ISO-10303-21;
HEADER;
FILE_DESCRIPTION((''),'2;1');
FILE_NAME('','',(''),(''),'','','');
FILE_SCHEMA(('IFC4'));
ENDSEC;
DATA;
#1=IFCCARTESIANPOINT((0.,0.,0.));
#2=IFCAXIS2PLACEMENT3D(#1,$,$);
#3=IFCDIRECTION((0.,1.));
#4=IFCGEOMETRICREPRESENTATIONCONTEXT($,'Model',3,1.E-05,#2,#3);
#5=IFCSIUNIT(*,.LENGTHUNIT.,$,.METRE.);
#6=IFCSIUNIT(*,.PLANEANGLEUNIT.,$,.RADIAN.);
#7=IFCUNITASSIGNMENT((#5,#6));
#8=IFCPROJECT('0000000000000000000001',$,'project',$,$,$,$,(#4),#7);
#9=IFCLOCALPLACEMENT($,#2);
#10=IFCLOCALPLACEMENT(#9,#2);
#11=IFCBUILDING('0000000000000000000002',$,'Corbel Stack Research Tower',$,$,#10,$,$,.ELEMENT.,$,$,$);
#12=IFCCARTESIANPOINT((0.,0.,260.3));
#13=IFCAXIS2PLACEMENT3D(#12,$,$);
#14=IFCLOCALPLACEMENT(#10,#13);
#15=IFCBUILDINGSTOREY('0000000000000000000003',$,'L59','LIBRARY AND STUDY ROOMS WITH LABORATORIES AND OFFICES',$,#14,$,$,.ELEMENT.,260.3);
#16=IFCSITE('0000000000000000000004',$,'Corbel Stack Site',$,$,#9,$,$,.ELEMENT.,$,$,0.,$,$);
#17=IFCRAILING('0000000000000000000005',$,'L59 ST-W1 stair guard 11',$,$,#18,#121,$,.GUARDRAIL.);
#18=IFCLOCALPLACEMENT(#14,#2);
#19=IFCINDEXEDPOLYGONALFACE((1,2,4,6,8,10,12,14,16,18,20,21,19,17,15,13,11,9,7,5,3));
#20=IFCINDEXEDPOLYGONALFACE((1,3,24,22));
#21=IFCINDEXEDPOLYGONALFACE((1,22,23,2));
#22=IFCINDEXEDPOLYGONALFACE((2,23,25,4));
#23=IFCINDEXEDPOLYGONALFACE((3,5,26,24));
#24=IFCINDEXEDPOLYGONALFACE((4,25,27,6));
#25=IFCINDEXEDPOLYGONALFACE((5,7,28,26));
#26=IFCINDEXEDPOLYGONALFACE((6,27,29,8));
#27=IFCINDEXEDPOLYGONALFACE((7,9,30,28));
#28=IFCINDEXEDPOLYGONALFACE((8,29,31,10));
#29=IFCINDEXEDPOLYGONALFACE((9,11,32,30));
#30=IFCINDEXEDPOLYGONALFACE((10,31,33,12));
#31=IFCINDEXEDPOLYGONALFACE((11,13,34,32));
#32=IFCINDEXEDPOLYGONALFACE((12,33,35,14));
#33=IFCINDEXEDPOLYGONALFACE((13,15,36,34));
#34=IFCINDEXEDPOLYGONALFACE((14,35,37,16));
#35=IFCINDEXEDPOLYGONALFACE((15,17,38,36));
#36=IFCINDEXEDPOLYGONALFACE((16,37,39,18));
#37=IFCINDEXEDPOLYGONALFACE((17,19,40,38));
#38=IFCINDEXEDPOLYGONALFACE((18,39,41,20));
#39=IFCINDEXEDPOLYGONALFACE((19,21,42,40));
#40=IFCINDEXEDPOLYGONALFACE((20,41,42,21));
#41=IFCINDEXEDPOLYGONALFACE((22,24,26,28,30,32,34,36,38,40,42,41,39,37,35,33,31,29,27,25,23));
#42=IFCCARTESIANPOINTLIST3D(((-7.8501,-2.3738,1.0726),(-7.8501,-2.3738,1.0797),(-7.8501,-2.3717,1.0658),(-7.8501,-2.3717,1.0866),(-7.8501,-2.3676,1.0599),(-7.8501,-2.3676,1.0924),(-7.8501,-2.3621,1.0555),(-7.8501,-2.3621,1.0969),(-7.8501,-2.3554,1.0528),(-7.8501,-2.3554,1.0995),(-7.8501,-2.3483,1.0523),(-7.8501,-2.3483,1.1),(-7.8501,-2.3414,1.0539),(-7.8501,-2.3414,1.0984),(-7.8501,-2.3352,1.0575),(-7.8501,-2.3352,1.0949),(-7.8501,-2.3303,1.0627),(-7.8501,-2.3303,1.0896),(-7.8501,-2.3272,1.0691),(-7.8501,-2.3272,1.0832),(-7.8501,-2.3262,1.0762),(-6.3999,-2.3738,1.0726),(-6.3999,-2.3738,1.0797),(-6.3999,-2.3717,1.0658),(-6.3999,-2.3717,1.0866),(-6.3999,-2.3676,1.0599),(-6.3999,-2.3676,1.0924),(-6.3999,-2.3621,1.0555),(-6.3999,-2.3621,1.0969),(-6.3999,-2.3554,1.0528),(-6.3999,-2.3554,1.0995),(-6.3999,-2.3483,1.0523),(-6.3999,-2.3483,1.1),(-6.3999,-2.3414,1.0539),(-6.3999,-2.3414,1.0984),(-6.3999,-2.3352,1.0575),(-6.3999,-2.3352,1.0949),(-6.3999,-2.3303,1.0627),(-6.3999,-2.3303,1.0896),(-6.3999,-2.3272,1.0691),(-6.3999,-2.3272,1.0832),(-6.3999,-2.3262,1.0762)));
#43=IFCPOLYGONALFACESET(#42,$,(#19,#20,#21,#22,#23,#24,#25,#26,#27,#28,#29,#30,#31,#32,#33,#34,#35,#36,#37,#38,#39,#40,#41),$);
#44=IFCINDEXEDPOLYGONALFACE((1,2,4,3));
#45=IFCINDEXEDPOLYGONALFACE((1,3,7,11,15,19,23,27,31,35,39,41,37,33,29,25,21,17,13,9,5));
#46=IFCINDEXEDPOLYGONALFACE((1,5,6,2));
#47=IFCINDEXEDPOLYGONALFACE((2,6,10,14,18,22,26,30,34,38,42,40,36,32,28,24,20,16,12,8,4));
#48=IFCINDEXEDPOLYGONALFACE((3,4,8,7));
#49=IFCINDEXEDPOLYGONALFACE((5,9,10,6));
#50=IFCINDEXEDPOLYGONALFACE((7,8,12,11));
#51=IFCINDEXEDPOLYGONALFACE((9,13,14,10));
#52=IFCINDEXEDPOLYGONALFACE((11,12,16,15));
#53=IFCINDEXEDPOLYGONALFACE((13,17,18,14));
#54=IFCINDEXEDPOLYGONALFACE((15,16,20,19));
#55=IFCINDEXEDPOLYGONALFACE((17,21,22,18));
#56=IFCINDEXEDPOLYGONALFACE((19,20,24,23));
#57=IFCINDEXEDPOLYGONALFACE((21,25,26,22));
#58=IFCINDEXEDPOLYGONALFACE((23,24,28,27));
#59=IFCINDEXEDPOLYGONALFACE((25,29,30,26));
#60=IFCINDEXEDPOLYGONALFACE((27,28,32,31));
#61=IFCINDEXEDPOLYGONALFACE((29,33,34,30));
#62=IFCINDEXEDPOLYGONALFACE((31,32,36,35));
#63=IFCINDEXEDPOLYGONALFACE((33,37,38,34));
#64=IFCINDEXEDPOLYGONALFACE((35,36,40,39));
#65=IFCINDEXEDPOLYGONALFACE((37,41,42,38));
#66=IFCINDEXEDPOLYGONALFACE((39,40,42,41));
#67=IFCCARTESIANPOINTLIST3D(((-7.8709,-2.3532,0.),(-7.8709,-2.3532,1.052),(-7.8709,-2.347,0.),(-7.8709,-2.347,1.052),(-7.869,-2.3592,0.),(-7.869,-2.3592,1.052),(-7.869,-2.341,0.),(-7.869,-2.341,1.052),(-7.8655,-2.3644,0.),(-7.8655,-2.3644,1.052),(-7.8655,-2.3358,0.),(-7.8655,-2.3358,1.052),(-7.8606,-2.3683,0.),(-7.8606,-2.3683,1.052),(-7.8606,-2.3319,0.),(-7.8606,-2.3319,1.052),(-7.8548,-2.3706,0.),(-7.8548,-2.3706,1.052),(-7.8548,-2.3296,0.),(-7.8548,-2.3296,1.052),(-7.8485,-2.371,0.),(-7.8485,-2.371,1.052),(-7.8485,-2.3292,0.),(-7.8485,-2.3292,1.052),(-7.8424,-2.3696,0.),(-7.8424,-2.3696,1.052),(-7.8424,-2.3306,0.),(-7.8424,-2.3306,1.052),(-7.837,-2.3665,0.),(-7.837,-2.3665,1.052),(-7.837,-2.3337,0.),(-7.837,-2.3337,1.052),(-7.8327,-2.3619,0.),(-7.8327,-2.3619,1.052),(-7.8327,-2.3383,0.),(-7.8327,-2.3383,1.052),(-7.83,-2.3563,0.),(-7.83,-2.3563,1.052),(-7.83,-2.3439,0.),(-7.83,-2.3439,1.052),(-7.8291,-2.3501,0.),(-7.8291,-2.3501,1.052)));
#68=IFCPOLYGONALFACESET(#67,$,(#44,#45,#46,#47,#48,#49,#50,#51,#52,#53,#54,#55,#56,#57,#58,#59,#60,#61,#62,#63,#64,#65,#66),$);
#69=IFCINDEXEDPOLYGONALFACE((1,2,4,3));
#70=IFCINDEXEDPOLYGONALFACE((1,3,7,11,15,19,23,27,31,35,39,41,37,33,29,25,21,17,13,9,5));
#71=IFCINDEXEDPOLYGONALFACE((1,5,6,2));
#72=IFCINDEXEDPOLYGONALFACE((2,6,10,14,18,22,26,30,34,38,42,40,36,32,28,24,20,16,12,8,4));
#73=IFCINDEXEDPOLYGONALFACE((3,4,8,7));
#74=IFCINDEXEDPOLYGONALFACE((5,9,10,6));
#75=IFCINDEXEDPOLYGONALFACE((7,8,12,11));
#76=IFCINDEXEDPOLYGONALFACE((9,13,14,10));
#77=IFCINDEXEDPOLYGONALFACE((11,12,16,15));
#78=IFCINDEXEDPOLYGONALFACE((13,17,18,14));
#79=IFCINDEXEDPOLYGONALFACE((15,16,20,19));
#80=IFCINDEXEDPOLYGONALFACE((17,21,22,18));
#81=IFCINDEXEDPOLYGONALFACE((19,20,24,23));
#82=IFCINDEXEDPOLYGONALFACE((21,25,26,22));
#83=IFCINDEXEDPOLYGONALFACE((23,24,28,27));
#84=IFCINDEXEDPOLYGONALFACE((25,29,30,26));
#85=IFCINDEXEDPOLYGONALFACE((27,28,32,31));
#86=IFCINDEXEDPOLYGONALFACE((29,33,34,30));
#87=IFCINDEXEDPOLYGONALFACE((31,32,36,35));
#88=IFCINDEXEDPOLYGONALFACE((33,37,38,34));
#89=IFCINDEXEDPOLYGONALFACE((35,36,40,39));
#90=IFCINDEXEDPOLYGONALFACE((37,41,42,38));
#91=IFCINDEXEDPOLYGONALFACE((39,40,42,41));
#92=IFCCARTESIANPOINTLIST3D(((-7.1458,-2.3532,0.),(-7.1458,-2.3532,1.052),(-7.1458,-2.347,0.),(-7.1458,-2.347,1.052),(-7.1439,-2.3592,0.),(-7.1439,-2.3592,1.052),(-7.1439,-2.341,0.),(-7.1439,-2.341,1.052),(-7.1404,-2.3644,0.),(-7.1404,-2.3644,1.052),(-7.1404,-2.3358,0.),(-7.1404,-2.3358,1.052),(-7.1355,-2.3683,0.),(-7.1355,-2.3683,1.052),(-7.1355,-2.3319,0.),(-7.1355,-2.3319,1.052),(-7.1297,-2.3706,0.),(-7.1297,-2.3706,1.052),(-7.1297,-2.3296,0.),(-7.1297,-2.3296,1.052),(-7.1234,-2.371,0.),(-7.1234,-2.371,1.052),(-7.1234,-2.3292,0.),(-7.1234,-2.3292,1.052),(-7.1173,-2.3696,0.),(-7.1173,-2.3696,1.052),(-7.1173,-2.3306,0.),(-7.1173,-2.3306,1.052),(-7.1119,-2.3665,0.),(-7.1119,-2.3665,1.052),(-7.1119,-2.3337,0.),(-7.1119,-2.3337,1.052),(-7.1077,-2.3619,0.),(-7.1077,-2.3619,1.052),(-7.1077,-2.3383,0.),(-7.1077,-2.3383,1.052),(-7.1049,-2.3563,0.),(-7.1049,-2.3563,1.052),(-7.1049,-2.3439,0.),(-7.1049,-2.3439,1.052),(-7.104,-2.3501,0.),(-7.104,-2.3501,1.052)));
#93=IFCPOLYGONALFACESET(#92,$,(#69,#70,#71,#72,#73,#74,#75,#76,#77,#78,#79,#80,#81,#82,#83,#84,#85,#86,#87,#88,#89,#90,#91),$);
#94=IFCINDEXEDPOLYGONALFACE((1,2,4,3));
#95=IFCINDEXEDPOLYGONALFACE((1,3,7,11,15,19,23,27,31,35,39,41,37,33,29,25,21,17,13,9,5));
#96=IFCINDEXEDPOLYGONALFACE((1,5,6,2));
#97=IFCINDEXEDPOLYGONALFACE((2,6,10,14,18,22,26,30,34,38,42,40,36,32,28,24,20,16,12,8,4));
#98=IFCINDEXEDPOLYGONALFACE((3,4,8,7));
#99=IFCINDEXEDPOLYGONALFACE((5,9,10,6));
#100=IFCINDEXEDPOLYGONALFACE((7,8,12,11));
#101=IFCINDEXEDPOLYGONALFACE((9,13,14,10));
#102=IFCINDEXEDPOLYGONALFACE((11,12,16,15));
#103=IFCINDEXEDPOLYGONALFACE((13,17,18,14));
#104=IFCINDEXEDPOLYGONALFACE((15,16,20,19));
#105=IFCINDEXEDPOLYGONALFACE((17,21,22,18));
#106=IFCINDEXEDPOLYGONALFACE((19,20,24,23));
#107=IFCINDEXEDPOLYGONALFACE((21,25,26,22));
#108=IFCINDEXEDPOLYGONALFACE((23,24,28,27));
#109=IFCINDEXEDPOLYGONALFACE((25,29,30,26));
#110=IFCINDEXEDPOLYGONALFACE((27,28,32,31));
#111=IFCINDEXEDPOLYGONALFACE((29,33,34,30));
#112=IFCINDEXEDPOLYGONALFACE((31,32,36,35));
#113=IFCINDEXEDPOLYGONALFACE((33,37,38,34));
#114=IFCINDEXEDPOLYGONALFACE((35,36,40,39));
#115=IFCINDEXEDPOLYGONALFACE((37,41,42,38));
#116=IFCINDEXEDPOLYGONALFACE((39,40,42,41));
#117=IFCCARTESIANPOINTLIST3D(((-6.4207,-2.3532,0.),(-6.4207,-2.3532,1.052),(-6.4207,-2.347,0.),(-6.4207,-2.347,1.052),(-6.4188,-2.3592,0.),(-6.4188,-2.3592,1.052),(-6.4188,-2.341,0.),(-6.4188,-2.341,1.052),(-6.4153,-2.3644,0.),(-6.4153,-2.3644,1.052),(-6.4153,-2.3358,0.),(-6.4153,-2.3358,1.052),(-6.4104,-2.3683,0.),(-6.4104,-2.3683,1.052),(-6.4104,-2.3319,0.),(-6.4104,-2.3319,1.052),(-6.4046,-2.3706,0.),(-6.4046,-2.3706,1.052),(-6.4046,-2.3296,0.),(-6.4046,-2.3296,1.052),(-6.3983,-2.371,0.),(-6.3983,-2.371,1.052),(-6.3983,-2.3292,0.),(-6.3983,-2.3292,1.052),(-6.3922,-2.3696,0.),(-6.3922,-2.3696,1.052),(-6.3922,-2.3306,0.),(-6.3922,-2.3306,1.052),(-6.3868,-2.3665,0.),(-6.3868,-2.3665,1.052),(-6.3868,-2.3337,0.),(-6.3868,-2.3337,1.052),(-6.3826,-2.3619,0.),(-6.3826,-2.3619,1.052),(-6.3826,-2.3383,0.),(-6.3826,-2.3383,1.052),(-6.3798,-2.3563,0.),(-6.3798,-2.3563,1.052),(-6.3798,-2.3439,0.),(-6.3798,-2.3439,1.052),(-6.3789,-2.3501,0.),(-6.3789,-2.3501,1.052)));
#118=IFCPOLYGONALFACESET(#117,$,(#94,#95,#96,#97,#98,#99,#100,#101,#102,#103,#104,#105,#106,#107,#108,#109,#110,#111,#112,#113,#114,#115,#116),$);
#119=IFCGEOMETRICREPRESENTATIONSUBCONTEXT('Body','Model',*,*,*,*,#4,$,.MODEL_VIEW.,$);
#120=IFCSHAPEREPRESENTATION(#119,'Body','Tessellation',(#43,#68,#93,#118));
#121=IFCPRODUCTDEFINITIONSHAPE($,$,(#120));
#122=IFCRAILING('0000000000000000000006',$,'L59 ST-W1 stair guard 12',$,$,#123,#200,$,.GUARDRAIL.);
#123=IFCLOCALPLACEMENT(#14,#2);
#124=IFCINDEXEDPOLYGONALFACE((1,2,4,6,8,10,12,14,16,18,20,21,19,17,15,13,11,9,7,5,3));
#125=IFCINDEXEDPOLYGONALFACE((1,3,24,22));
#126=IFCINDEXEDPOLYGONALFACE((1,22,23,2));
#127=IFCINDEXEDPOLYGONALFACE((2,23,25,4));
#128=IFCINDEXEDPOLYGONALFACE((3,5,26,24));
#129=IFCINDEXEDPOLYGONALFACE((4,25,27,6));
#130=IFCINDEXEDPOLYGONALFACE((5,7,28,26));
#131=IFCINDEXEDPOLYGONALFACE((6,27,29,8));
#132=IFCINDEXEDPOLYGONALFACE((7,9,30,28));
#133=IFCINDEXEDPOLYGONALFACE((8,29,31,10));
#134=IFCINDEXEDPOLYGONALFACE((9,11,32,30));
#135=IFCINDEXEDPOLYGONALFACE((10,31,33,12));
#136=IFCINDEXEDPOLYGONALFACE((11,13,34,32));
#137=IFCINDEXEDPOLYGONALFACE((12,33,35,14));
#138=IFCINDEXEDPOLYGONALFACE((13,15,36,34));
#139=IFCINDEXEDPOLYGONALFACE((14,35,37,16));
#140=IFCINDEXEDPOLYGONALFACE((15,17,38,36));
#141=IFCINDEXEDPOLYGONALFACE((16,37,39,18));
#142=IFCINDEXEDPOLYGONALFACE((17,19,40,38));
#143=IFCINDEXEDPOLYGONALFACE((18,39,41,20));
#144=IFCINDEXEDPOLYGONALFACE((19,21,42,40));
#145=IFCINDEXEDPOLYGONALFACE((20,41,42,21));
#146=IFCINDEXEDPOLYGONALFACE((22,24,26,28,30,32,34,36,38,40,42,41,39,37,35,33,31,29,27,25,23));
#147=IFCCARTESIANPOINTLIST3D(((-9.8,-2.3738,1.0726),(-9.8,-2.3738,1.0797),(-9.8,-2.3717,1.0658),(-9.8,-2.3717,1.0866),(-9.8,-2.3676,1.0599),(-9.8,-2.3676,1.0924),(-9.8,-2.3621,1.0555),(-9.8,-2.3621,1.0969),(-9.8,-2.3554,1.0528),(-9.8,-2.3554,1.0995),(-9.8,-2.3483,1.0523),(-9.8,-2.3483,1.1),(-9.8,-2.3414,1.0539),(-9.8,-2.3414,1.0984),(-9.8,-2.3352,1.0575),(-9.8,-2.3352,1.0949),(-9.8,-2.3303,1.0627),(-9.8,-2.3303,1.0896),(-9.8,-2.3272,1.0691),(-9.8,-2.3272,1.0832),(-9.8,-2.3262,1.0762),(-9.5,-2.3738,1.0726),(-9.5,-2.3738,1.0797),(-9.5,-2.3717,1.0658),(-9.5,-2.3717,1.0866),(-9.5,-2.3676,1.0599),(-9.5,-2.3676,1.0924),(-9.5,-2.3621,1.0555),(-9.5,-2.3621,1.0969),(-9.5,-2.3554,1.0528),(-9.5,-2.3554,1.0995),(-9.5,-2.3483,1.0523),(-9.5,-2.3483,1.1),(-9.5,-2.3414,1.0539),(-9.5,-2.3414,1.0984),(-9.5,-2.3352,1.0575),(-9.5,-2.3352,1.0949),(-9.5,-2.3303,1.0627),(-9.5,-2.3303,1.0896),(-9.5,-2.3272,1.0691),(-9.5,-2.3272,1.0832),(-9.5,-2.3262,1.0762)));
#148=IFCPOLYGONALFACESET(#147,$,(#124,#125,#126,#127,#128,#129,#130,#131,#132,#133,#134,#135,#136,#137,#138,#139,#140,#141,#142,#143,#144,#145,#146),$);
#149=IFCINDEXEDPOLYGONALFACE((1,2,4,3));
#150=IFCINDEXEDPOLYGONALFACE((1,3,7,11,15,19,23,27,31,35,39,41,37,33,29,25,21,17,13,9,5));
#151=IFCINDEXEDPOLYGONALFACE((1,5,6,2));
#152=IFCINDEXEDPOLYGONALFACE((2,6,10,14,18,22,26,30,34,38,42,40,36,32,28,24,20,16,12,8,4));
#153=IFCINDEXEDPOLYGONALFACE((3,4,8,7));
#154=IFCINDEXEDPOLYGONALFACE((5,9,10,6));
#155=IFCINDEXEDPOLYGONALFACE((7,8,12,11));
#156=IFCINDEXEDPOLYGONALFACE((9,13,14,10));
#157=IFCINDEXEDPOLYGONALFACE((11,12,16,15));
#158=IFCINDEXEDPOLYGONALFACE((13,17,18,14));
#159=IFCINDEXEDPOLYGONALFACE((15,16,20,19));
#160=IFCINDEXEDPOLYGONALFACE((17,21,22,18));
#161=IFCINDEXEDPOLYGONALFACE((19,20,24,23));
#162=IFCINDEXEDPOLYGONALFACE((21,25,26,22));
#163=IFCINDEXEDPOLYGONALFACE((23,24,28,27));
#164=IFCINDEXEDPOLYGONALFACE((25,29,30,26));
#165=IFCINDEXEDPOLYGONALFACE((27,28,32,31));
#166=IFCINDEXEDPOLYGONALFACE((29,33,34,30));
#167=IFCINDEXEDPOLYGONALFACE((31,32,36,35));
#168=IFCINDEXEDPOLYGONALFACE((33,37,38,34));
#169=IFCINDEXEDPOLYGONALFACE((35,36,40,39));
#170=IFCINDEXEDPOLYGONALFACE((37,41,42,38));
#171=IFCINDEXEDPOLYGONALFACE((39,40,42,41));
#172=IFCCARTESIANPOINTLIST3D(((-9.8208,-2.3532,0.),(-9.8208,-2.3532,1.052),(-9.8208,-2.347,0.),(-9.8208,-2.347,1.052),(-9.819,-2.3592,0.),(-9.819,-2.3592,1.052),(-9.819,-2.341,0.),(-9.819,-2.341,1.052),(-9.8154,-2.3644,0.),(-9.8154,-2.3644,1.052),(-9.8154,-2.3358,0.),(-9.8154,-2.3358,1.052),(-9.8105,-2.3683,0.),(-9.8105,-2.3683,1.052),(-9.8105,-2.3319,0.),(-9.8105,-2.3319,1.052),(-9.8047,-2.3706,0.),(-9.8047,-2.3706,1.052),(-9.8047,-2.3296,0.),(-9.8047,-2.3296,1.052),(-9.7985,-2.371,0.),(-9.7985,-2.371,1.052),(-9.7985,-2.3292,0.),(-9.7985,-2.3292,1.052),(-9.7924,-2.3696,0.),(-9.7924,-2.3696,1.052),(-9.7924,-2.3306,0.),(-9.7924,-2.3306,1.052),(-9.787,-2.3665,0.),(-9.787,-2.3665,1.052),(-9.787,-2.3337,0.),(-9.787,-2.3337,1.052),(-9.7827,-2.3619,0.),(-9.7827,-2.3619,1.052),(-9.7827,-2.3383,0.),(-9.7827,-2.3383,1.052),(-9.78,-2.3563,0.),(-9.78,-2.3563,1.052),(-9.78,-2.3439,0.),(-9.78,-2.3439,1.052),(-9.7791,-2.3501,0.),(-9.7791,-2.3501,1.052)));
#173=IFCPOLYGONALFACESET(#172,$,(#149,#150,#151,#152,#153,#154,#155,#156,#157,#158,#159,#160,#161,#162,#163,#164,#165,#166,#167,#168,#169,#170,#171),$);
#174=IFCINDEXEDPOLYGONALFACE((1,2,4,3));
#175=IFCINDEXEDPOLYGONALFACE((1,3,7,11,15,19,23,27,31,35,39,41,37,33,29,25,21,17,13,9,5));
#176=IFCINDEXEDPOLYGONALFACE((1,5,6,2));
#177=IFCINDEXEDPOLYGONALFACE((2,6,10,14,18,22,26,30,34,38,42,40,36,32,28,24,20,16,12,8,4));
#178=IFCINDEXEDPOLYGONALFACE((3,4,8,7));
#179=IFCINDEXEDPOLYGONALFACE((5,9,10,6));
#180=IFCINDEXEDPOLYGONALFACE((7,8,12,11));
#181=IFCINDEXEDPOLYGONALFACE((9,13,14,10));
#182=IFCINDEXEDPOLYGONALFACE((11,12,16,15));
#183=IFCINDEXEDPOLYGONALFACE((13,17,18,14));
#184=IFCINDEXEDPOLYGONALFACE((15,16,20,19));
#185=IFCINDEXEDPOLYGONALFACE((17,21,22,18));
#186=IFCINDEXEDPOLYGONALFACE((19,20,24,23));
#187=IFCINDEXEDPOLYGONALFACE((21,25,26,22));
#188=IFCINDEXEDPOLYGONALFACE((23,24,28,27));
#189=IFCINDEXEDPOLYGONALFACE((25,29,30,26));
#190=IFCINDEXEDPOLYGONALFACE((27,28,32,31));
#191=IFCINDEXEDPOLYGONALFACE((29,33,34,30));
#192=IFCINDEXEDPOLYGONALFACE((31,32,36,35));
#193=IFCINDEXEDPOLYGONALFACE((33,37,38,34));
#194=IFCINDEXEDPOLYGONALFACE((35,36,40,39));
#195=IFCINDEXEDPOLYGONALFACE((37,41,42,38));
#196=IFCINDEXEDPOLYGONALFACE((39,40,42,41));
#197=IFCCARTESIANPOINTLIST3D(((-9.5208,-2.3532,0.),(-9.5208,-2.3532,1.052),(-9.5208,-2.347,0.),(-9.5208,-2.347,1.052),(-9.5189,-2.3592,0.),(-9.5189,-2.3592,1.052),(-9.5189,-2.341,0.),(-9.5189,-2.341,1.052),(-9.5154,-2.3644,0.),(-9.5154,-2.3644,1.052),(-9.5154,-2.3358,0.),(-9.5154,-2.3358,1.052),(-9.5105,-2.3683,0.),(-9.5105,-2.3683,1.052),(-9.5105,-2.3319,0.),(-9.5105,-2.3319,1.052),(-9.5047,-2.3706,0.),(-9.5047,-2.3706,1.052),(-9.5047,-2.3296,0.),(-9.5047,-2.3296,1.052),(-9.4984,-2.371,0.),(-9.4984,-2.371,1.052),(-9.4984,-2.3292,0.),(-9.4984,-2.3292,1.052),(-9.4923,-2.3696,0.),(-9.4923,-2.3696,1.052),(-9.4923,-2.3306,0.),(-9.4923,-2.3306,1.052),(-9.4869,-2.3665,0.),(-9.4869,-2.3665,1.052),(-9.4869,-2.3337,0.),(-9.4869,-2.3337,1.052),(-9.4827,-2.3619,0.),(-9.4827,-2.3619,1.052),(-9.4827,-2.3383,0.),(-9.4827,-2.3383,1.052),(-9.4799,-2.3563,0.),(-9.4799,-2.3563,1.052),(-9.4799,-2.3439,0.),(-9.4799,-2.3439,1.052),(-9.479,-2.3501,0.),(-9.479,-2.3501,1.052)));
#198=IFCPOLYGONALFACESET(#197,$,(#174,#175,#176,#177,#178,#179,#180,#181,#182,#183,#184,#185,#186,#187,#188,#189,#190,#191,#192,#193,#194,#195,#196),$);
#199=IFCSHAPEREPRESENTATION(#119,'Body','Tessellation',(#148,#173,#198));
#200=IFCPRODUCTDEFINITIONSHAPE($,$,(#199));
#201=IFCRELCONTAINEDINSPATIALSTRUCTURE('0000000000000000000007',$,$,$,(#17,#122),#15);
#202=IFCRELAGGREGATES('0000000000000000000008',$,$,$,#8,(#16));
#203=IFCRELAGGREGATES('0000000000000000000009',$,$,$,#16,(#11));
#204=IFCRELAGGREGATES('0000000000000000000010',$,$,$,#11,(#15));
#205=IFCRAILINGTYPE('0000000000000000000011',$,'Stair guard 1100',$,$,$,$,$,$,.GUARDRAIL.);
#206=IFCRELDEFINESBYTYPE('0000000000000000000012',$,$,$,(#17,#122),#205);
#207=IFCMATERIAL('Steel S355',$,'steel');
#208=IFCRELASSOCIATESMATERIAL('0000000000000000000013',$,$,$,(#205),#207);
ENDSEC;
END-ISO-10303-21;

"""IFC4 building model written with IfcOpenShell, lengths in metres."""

from ifc_helpers import new_model, si_unit, direction, frame, origin, origin_2d, place, context, subcontext, project, spatial, circle, extrude, material, type_object, element, save


model = new_model("IFC4")

# Units and contexts
model_context = context("Model", 3, precision=1e-05, world=origin(), true_north=direction((0.0, 1.0)))
body_context = subcontext(model_context, "Body", "Model", "MODEL_VIEW")
ifc_project = project(units=[si_unit("LENGTHUNIT", "METRE"), si_unit("PLANEANGLEUNIT", "RADIAN")], contexts=[model_context])

# Site, building, storey
site_placement = place(None, origin())
site = spatial("IfcSite", under=ifc_project, at=site_placement, Name="Corbel Stack Site", CompositionType="ELEMENT", RefElevation=0.0)
building_placement = place(site_placement, origin())
building = spatial("IfcBuilding", under=site, at=building_placement, Name="Corbel Stack Research Tower", CompositionType="ELEMENT")
storey_placement = place(building_placement, frame((0.0, 0.0, 260.3)))
storey = spatial("IfcBuildingStorey", under=building, at=storey_placement, Name="L59", Description="LIBRARY AND STUDY ROOMS WITH LABORATORIES AND OFFICES", CompositionType="ELEMENT", Elevation=260.3)

# Railings
ifc_material_1 = material(Name="Steel S355", Category="steel")
railing_type_1 = type_object("IfcRailingType", Name="Stair guard 1100", PredefinedType="GUARDRAIL", material=ifc_material_1)
railing_1_placement = place(storey_placement, frame((-7.8501, -2.3501, 0.0)))
element("IfcRailing", 1, at=railing_1_placement, inside=storey, type_object=railing_type_1, Name="L59 ST-W1 stair guard 11", PredefinedType="GUARDRAIL", context=body_context, shape_type="SweptSolid", body=[
    extrude(circle(Radius=0.0239, at=origin_2d()), frame((0.0, 0.0, 1.0762), z_axis=(1.0, 0.0, 0.0), x_axis=(0.0, 1.0, 0.0)), (0.0, 0.0, 1.0), 1.4502),
    extrude(circle(Radius=0.021, at=origin_2d()), origin(), (0.0, 0.0, 1.0), 1.052),
    extrude(circle(Radius=0.021, at=origin_2d()), frame((0.7251, 0.0, 0.0)), (0.0, 0.0, 1.0), 1.052),
    extrude(circle(Radius=0.021, at=origin_2d()), frame((1.4502, 0.0, 0.0)), (0.0, 0.0, 1.0), 1.052),
])
railing_2_placement = place(storey_placement, frame((-9.8, -2.3501, 0.0)))
element("IfcRailing", 2, at=railing_2_placement, inside=storey, type_object=railing_type_1, Name="L59 ST-W1 stair guard 12", PredefinedType="GUARDRAIL", context=body_context, shape_type="SweptSolid", body=[
    extrude(circle(Radius=0.0239, at=origin_2d()), frame((0.0, 0.0, 1.0762), z_axis=(1.0, 0.0, 0.0), x_axis=(0.0, 1.0, 0.0)), (0.0, 0.0, 1.0), 0.3),
    extrude(circle(Radius=0.021, at=origin_2d()), origin(), (0.0, 0.0, 1.0), 1.052),
    extrude(circle(Radius=0.021, at=origin_2d()), frame((0.3, 0.0, 0.0)), (0.0, 0.0, 1.0), 1.052),
])

save(model, "model.ifc")
